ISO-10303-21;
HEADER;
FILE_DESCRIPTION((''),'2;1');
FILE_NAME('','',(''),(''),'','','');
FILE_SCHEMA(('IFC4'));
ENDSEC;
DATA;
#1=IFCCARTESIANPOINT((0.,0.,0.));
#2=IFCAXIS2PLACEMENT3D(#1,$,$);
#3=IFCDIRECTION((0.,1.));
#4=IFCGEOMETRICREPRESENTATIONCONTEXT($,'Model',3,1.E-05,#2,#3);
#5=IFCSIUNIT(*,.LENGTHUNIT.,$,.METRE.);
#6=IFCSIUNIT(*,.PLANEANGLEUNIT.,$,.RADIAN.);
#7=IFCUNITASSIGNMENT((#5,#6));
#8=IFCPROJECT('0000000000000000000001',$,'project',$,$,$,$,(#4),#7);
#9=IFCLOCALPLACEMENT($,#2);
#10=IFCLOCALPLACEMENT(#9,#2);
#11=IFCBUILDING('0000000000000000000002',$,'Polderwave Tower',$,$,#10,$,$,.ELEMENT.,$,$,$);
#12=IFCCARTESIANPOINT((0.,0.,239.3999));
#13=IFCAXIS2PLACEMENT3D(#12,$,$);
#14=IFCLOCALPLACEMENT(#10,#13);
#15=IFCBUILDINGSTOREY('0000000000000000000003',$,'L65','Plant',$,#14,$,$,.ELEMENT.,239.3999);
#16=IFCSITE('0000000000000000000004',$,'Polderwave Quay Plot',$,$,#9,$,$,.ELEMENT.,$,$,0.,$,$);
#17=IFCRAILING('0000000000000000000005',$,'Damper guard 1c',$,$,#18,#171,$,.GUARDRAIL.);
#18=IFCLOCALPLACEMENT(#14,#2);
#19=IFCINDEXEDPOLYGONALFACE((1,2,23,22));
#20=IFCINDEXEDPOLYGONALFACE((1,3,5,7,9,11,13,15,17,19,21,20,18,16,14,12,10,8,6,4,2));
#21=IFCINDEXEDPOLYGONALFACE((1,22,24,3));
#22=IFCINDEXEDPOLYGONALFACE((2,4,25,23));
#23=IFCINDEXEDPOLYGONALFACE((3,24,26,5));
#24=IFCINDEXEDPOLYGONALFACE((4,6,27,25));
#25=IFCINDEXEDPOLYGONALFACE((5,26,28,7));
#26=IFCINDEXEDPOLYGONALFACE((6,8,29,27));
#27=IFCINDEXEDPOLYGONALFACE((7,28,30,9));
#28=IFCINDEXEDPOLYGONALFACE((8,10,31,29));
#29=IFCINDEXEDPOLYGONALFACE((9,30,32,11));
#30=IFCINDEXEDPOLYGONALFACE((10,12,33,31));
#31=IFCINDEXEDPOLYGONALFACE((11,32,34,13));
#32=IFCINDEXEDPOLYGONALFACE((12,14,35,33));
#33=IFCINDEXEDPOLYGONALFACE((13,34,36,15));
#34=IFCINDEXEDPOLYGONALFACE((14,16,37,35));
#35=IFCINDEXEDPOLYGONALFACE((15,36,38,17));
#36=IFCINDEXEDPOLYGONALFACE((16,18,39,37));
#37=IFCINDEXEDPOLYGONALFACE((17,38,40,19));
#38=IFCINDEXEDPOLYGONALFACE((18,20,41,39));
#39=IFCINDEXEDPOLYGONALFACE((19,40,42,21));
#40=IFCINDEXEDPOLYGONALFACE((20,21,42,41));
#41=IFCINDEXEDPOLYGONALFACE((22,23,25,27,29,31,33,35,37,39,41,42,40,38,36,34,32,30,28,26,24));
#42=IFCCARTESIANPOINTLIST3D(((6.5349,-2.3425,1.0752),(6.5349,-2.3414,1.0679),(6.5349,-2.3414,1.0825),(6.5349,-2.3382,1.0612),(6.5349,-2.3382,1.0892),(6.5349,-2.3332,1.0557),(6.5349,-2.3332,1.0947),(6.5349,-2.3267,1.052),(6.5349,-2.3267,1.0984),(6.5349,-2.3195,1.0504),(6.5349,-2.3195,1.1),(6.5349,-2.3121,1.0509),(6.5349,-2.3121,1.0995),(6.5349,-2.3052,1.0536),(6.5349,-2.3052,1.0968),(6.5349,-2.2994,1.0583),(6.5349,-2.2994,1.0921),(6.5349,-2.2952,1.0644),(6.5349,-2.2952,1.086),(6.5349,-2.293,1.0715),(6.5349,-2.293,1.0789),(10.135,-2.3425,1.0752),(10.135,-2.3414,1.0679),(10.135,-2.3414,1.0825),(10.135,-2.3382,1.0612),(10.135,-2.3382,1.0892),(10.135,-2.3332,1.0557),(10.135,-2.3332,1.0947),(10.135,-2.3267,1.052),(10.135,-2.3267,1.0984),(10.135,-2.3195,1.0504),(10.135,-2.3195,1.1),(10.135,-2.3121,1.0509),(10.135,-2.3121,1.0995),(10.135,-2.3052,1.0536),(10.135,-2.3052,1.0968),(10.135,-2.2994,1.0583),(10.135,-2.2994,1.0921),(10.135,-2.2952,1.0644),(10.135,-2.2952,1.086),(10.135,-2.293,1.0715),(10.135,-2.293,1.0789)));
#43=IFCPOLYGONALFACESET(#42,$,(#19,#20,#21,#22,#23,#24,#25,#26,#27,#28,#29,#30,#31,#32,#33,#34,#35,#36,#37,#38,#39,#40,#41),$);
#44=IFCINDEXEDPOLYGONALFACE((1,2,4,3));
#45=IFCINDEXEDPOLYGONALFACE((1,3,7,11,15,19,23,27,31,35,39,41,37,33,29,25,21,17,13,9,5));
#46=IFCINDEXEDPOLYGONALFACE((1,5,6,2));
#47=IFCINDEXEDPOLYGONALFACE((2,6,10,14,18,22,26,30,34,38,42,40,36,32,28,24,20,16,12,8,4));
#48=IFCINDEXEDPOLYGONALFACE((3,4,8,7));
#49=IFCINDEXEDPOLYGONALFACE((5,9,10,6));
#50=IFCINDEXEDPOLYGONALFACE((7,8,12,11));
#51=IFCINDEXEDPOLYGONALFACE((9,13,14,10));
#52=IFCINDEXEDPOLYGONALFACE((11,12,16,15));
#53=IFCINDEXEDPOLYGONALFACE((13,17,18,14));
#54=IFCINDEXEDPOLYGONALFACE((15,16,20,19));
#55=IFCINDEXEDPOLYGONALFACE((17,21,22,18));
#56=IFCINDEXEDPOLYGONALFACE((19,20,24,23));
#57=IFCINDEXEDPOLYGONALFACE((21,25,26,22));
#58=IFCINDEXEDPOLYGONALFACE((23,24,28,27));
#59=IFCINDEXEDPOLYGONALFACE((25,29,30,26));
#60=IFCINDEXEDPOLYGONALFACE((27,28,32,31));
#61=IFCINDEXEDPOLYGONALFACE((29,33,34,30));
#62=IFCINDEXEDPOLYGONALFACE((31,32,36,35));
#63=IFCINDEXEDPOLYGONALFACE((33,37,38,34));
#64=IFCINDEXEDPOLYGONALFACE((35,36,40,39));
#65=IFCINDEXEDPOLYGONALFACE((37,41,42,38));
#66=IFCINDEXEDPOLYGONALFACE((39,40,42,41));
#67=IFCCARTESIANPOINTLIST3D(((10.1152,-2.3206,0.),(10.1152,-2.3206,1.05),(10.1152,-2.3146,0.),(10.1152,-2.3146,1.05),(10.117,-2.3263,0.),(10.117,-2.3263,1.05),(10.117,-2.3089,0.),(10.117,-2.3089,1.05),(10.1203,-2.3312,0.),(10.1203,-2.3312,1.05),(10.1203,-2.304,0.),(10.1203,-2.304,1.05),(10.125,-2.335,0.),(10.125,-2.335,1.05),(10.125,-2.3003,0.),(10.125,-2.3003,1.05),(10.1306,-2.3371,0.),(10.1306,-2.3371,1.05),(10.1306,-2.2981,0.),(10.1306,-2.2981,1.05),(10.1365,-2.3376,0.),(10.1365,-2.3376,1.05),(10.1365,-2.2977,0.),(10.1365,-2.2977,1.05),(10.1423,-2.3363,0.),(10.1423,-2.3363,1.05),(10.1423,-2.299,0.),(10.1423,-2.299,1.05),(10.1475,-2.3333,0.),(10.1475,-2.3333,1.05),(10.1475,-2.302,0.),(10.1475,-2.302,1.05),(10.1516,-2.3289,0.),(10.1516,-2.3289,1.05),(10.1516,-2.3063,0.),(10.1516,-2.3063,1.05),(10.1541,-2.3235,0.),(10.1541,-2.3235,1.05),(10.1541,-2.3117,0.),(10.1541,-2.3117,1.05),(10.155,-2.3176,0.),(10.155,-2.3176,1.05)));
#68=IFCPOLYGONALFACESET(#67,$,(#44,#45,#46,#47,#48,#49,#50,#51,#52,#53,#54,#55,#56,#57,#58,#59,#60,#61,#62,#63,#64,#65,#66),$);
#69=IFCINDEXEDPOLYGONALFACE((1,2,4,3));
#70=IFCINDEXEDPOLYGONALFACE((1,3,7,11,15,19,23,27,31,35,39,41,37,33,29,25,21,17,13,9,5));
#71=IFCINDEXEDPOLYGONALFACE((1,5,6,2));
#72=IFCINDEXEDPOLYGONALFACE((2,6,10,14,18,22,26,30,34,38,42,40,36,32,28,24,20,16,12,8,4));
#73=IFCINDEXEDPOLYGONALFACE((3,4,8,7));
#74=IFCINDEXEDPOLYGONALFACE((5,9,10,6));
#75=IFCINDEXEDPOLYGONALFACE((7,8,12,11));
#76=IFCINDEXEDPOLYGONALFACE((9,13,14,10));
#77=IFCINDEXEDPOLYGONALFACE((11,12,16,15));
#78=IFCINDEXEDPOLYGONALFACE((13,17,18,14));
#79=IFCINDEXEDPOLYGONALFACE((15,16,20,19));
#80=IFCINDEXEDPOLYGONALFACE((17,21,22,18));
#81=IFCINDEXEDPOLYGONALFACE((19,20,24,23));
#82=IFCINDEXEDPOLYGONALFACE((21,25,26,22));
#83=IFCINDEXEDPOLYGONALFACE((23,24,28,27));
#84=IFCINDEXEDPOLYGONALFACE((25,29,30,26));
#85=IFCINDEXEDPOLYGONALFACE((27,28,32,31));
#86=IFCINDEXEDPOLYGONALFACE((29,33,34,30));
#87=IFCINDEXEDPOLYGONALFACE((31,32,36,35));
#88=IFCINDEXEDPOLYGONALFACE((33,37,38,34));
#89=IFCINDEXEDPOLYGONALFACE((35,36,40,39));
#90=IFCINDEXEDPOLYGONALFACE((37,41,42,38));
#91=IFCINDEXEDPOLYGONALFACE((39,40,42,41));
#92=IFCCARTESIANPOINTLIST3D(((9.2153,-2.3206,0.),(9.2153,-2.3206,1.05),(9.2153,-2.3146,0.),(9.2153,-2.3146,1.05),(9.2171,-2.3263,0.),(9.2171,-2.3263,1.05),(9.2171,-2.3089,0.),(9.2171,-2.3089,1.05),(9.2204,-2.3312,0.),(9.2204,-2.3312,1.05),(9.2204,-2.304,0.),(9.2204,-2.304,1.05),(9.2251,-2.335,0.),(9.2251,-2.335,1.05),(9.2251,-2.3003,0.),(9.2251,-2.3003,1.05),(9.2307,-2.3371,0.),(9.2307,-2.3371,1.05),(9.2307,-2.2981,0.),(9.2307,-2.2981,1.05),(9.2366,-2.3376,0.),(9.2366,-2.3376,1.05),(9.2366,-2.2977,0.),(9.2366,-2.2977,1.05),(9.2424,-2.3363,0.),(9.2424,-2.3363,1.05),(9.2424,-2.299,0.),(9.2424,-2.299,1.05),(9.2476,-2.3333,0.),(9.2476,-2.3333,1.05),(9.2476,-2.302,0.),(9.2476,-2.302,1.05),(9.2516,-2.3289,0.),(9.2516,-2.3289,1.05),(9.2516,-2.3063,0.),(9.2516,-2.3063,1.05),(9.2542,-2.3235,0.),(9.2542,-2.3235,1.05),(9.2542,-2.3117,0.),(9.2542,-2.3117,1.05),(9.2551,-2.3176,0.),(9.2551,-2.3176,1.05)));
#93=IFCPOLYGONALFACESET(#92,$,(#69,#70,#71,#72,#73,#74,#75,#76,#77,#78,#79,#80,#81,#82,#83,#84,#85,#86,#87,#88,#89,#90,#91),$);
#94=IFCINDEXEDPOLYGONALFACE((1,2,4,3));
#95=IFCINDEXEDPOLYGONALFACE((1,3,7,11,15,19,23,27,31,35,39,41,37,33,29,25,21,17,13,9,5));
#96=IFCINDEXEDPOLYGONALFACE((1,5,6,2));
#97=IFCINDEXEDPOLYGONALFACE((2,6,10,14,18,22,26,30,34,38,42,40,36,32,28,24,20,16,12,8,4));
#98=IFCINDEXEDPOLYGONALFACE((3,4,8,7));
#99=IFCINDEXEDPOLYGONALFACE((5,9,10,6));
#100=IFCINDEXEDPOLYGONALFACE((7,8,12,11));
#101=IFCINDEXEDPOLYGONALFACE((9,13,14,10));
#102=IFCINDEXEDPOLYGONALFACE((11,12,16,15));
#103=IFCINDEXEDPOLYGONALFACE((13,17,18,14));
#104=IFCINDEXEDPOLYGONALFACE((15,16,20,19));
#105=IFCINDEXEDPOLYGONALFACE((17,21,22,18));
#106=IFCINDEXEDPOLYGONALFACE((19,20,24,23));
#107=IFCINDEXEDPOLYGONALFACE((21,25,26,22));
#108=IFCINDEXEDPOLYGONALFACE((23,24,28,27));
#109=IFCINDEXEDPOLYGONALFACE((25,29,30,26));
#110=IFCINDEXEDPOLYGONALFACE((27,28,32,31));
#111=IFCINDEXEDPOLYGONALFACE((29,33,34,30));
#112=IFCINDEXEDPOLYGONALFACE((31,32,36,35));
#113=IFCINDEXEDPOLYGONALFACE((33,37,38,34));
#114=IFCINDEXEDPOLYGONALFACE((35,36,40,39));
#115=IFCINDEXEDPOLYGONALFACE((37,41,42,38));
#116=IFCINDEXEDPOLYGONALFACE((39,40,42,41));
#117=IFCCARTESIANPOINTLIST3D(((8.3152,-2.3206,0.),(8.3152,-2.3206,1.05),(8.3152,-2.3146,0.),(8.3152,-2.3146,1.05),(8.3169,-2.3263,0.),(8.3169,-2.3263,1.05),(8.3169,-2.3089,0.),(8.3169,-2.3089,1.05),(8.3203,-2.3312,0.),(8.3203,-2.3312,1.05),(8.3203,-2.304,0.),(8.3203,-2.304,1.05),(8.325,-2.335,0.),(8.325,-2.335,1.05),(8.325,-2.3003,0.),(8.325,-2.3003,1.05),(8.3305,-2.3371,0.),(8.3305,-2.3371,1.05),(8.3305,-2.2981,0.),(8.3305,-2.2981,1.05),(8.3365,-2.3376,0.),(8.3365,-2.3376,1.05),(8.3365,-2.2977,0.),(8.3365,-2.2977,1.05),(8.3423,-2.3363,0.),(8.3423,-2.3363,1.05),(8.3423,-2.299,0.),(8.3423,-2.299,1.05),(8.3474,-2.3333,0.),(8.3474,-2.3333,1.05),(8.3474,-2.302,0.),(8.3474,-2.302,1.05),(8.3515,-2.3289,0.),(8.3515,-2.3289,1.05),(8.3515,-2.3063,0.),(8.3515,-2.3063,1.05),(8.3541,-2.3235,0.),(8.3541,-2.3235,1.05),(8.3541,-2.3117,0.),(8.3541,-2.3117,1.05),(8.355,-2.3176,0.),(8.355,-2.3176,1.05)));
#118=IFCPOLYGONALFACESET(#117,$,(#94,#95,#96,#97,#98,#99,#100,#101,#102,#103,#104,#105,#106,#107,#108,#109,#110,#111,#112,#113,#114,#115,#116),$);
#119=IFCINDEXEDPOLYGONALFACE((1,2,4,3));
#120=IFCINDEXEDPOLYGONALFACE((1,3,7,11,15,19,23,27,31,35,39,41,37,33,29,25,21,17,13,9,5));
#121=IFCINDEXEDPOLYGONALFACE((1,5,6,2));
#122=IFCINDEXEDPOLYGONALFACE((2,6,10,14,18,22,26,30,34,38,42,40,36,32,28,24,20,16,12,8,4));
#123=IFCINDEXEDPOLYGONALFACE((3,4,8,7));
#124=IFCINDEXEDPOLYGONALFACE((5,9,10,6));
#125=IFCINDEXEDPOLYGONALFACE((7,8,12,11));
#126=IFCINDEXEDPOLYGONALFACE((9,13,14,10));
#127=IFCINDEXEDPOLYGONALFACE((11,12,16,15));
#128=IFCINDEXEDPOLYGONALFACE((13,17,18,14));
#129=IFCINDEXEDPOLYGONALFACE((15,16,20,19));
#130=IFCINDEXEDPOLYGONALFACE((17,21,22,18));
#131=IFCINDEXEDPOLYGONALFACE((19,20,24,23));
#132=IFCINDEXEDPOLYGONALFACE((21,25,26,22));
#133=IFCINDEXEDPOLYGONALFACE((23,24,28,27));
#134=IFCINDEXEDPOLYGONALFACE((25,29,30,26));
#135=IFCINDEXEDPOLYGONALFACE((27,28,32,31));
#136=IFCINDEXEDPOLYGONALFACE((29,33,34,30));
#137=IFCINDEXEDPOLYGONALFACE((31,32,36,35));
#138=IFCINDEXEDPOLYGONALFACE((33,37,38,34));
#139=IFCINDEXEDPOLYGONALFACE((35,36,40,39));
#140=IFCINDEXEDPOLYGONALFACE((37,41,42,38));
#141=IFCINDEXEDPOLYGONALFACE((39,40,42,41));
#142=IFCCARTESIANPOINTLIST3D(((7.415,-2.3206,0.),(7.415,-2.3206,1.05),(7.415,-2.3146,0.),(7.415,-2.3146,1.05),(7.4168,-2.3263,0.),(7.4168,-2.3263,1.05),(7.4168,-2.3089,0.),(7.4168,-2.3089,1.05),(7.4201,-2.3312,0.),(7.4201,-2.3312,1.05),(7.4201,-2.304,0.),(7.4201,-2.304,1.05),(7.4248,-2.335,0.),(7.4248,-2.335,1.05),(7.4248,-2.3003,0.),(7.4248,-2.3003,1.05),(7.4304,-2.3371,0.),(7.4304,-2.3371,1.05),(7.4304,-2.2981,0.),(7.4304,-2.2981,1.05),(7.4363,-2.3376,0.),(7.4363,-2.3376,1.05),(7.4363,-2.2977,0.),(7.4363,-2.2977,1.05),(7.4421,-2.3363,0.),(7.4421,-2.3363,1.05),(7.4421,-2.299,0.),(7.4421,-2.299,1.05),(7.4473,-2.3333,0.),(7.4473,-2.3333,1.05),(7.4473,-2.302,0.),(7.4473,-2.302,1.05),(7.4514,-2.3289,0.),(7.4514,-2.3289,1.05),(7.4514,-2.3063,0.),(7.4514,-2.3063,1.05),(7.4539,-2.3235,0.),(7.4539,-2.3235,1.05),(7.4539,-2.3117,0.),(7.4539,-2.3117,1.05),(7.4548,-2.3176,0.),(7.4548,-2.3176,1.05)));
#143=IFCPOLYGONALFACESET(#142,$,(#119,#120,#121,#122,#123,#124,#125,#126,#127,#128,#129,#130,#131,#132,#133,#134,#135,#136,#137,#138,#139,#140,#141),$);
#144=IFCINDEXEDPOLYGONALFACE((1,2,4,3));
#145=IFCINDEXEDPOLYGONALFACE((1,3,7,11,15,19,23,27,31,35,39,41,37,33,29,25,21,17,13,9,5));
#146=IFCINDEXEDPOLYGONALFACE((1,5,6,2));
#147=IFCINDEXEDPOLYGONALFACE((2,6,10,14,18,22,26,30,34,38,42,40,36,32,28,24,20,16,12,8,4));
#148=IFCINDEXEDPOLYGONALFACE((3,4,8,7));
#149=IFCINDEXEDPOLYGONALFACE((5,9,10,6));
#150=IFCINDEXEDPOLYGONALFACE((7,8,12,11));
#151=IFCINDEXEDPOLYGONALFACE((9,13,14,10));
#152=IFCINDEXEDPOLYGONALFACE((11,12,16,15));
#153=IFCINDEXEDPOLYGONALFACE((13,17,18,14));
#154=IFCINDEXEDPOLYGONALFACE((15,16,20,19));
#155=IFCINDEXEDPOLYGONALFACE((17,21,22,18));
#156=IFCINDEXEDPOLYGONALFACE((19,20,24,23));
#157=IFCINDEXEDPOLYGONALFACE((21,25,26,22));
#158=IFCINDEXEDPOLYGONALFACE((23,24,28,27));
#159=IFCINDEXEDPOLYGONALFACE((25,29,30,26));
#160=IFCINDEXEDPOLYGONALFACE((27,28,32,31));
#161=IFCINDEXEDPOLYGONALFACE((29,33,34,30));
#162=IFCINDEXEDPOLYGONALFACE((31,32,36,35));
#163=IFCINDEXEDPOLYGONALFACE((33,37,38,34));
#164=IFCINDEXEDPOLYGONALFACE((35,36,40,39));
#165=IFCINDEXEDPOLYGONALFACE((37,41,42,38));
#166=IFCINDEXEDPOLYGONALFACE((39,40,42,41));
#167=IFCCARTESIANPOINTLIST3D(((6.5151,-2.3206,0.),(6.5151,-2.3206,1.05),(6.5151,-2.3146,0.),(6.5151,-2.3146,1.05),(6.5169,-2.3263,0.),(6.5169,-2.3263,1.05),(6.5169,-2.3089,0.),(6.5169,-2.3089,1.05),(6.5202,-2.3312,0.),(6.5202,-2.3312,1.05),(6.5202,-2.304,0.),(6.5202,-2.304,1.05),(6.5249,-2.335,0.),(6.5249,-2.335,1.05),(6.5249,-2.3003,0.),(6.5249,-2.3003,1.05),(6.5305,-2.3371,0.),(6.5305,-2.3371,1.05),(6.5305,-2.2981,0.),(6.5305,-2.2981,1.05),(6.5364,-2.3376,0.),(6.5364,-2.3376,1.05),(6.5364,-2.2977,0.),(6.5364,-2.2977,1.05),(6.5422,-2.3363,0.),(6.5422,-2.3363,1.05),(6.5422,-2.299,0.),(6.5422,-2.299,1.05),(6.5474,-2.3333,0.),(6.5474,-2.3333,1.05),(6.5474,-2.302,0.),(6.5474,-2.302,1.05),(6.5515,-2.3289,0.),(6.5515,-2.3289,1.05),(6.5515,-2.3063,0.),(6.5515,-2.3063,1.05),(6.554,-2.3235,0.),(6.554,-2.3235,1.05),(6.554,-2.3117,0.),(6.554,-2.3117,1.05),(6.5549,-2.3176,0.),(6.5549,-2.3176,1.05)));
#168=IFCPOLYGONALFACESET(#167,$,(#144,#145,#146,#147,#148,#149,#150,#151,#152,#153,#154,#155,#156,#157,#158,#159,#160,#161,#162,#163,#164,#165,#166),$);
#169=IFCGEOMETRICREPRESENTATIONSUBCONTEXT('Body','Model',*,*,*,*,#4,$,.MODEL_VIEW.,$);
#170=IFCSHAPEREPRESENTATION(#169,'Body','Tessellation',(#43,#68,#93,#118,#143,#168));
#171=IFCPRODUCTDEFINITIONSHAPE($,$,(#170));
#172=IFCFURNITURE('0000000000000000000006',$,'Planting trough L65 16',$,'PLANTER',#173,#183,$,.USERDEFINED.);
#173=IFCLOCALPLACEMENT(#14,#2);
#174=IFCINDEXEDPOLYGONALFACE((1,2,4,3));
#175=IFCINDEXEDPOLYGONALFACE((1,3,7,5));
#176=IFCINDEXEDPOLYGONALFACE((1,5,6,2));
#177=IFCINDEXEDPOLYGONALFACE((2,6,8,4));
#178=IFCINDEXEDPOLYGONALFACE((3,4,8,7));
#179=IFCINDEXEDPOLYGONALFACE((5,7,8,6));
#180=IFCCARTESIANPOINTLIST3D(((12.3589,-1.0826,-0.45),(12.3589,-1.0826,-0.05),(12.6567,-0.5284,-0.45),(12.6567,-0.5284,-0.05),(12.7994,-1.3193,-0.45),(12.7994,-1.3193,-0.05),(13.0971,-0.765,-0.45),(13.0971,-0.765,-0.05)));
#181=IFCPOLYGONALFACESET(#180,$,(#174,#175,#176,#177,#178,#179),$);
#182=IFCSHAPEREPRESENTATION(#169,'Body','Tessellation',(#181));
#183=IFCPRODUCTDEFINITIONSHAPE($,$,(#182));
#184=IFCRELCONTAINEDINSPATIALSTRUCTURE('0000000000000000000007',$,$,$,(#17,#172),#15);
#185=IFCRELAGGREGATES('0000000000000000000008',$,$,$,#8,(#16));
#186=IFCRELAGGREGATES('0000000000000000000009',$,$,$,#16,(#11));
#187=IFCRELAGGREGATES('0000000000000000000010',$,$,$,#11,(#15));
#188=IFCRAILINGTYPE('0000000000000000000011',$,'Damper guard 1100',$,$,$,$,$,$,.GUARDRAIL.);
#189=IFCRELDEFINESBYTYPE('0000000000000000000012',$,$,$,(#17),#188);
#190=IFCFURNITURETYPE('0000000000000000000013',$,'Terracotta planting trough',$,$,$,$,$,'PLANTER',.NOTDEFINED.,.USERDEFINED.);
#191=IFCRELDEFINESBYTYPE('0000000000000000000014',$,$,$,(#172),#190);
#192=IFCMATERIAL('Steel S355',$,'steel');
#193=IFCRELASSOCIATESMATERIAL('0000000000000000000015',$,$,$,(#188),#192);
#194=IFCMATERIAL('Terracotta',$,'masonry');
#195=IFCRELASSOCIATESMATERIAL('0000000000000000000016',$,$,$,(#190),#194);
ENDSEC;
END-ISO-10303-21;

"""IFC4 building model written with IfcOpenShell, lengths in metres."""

from ifc_helpers import new_model, si_unit, direction, frame, origin, origin_2d, place, context, subcontext, project, spatial, rectangle, circle, extrude, material, type_object, element, save


model = new_model("IFC4")

# Units and contexts
model_context = context("Model", 3, precision=1e-05, world=origin(), true_north=direction((0.0, 1.0)))
body_context = subcontext(model_context, "Body", "Model", "MODEL_VIEW")
ifc_project = project(units=[si_unit("LENGTHUNIT", "METRE"), si_unit("PLANEANGLEUNIT", "RADIAN")], contexts=[model_context])

# Site, building, storey
site_placement = place(None, origin())
site = spatial("IfcSite", under=ifc_project, at=site_placement, Name="Polderwave Quay Plot", CompositionType="ELEMENT", RefElevation=0.0)
building_placement = place(site_placement, origin())
building = spatial("IfcBuilding", under=site, at=building_placement, Name="Polderwave Tower", CompositionType="ELEMENT")
storey_placement = place(building_placement, frame((0.0, 0.0, 239.3999)))
storey = spatial("IfcBuildingStorey", under=building, at=storey_placement, Name="L65", Description="Plant", CompositionType="ELEMENT", Elevation=239.3999)

# Shared definitions
ifc_material_1 = material(Name="Steel S355", Category="steel")

# Railing
railing_type = type_object("IfcRailingType", Name="Damper guard 1100", PredefinedType="GUARDRAIL", material=ifc_material_1)
railing_1_placement = place(storey_placement, frame((10.135, -2.3176, 0.0)))
element("IfcRailing", 1, at=railing_1_placement, inside=storey, type_object=railing_type, Name="Damper guard 1c", PredefinedType="GUARDRAIL", context=body_context, shape_type="SweptSolid", body=[
    extrude(circle(Radius=0.0249, at=origin_2d()), frame((0.0, 0.0, 1.0752), z_axis=(-1.0, 0.0, 0.0), x_axis=(0.0, -1.0, 0.0)), (0.0, 0.0, 1.0), 3.6001),
    extrude(circle(Radius=0.02, at=origin_2d()), origin(), (0.0, 0.0, 1.0), 1.05),
    extrude(circle(Radius=0.02, at=origin_2d()), frame((-0.8999, 0.0, 0.0)), (0.0, 0.0, 1.0), 1.05),
    extrude(circle(Radius=0.02, at=origin_2d()), frame((-1.8, 0.0, 0.0)), (0.0, 0.0, 1.0), 1.05),
    extrude(circle(Radius=0.02, at=origin_2d()), frame((-2.7002, 0.0, 0.0)), (0.0, 0.0, 1.0), 1.05),
    extrude(circle(Radius=0.02, at=origin_2d()), frame((-3.6001, 0.0, 0.0)), (0.0, 0.0, 1.0), 1.05),
])

# Furniture
ifc_material_2 = material(Name="Terracotta", Category="masonry")
furniture_type = type_object("IfcFurnitureType", Name="Terracotta planting trough", ElementType="PLANTER", AssemblyPlace="NOTDEFINED", PredefinedType="USERDEFINED", material=ifc_material_2)
furniture_placement = place(storey_placement, frame((12.728, -0.9238, -0.45), z_axis=(0.0, 0.0, 1.0), x_axis=(0.473243, 0.880932, 0.0)))
element("IfcFurniture", 2, at=furniture_placement, inside=storey, type_object=furniture_type, Name="Planting trough L65 16", ObjectType="PLANTER", PredefinedType="USERDEFINED", context=body_context, shape_type="SweptSolid", body=[
    extrude(rectangle(XDim=0.6292, YDim=0.5, at=origin_2d()), origin(), (0.0, 0.0, 1.0), 0.3999),
])

save(model, "model.ifc")
